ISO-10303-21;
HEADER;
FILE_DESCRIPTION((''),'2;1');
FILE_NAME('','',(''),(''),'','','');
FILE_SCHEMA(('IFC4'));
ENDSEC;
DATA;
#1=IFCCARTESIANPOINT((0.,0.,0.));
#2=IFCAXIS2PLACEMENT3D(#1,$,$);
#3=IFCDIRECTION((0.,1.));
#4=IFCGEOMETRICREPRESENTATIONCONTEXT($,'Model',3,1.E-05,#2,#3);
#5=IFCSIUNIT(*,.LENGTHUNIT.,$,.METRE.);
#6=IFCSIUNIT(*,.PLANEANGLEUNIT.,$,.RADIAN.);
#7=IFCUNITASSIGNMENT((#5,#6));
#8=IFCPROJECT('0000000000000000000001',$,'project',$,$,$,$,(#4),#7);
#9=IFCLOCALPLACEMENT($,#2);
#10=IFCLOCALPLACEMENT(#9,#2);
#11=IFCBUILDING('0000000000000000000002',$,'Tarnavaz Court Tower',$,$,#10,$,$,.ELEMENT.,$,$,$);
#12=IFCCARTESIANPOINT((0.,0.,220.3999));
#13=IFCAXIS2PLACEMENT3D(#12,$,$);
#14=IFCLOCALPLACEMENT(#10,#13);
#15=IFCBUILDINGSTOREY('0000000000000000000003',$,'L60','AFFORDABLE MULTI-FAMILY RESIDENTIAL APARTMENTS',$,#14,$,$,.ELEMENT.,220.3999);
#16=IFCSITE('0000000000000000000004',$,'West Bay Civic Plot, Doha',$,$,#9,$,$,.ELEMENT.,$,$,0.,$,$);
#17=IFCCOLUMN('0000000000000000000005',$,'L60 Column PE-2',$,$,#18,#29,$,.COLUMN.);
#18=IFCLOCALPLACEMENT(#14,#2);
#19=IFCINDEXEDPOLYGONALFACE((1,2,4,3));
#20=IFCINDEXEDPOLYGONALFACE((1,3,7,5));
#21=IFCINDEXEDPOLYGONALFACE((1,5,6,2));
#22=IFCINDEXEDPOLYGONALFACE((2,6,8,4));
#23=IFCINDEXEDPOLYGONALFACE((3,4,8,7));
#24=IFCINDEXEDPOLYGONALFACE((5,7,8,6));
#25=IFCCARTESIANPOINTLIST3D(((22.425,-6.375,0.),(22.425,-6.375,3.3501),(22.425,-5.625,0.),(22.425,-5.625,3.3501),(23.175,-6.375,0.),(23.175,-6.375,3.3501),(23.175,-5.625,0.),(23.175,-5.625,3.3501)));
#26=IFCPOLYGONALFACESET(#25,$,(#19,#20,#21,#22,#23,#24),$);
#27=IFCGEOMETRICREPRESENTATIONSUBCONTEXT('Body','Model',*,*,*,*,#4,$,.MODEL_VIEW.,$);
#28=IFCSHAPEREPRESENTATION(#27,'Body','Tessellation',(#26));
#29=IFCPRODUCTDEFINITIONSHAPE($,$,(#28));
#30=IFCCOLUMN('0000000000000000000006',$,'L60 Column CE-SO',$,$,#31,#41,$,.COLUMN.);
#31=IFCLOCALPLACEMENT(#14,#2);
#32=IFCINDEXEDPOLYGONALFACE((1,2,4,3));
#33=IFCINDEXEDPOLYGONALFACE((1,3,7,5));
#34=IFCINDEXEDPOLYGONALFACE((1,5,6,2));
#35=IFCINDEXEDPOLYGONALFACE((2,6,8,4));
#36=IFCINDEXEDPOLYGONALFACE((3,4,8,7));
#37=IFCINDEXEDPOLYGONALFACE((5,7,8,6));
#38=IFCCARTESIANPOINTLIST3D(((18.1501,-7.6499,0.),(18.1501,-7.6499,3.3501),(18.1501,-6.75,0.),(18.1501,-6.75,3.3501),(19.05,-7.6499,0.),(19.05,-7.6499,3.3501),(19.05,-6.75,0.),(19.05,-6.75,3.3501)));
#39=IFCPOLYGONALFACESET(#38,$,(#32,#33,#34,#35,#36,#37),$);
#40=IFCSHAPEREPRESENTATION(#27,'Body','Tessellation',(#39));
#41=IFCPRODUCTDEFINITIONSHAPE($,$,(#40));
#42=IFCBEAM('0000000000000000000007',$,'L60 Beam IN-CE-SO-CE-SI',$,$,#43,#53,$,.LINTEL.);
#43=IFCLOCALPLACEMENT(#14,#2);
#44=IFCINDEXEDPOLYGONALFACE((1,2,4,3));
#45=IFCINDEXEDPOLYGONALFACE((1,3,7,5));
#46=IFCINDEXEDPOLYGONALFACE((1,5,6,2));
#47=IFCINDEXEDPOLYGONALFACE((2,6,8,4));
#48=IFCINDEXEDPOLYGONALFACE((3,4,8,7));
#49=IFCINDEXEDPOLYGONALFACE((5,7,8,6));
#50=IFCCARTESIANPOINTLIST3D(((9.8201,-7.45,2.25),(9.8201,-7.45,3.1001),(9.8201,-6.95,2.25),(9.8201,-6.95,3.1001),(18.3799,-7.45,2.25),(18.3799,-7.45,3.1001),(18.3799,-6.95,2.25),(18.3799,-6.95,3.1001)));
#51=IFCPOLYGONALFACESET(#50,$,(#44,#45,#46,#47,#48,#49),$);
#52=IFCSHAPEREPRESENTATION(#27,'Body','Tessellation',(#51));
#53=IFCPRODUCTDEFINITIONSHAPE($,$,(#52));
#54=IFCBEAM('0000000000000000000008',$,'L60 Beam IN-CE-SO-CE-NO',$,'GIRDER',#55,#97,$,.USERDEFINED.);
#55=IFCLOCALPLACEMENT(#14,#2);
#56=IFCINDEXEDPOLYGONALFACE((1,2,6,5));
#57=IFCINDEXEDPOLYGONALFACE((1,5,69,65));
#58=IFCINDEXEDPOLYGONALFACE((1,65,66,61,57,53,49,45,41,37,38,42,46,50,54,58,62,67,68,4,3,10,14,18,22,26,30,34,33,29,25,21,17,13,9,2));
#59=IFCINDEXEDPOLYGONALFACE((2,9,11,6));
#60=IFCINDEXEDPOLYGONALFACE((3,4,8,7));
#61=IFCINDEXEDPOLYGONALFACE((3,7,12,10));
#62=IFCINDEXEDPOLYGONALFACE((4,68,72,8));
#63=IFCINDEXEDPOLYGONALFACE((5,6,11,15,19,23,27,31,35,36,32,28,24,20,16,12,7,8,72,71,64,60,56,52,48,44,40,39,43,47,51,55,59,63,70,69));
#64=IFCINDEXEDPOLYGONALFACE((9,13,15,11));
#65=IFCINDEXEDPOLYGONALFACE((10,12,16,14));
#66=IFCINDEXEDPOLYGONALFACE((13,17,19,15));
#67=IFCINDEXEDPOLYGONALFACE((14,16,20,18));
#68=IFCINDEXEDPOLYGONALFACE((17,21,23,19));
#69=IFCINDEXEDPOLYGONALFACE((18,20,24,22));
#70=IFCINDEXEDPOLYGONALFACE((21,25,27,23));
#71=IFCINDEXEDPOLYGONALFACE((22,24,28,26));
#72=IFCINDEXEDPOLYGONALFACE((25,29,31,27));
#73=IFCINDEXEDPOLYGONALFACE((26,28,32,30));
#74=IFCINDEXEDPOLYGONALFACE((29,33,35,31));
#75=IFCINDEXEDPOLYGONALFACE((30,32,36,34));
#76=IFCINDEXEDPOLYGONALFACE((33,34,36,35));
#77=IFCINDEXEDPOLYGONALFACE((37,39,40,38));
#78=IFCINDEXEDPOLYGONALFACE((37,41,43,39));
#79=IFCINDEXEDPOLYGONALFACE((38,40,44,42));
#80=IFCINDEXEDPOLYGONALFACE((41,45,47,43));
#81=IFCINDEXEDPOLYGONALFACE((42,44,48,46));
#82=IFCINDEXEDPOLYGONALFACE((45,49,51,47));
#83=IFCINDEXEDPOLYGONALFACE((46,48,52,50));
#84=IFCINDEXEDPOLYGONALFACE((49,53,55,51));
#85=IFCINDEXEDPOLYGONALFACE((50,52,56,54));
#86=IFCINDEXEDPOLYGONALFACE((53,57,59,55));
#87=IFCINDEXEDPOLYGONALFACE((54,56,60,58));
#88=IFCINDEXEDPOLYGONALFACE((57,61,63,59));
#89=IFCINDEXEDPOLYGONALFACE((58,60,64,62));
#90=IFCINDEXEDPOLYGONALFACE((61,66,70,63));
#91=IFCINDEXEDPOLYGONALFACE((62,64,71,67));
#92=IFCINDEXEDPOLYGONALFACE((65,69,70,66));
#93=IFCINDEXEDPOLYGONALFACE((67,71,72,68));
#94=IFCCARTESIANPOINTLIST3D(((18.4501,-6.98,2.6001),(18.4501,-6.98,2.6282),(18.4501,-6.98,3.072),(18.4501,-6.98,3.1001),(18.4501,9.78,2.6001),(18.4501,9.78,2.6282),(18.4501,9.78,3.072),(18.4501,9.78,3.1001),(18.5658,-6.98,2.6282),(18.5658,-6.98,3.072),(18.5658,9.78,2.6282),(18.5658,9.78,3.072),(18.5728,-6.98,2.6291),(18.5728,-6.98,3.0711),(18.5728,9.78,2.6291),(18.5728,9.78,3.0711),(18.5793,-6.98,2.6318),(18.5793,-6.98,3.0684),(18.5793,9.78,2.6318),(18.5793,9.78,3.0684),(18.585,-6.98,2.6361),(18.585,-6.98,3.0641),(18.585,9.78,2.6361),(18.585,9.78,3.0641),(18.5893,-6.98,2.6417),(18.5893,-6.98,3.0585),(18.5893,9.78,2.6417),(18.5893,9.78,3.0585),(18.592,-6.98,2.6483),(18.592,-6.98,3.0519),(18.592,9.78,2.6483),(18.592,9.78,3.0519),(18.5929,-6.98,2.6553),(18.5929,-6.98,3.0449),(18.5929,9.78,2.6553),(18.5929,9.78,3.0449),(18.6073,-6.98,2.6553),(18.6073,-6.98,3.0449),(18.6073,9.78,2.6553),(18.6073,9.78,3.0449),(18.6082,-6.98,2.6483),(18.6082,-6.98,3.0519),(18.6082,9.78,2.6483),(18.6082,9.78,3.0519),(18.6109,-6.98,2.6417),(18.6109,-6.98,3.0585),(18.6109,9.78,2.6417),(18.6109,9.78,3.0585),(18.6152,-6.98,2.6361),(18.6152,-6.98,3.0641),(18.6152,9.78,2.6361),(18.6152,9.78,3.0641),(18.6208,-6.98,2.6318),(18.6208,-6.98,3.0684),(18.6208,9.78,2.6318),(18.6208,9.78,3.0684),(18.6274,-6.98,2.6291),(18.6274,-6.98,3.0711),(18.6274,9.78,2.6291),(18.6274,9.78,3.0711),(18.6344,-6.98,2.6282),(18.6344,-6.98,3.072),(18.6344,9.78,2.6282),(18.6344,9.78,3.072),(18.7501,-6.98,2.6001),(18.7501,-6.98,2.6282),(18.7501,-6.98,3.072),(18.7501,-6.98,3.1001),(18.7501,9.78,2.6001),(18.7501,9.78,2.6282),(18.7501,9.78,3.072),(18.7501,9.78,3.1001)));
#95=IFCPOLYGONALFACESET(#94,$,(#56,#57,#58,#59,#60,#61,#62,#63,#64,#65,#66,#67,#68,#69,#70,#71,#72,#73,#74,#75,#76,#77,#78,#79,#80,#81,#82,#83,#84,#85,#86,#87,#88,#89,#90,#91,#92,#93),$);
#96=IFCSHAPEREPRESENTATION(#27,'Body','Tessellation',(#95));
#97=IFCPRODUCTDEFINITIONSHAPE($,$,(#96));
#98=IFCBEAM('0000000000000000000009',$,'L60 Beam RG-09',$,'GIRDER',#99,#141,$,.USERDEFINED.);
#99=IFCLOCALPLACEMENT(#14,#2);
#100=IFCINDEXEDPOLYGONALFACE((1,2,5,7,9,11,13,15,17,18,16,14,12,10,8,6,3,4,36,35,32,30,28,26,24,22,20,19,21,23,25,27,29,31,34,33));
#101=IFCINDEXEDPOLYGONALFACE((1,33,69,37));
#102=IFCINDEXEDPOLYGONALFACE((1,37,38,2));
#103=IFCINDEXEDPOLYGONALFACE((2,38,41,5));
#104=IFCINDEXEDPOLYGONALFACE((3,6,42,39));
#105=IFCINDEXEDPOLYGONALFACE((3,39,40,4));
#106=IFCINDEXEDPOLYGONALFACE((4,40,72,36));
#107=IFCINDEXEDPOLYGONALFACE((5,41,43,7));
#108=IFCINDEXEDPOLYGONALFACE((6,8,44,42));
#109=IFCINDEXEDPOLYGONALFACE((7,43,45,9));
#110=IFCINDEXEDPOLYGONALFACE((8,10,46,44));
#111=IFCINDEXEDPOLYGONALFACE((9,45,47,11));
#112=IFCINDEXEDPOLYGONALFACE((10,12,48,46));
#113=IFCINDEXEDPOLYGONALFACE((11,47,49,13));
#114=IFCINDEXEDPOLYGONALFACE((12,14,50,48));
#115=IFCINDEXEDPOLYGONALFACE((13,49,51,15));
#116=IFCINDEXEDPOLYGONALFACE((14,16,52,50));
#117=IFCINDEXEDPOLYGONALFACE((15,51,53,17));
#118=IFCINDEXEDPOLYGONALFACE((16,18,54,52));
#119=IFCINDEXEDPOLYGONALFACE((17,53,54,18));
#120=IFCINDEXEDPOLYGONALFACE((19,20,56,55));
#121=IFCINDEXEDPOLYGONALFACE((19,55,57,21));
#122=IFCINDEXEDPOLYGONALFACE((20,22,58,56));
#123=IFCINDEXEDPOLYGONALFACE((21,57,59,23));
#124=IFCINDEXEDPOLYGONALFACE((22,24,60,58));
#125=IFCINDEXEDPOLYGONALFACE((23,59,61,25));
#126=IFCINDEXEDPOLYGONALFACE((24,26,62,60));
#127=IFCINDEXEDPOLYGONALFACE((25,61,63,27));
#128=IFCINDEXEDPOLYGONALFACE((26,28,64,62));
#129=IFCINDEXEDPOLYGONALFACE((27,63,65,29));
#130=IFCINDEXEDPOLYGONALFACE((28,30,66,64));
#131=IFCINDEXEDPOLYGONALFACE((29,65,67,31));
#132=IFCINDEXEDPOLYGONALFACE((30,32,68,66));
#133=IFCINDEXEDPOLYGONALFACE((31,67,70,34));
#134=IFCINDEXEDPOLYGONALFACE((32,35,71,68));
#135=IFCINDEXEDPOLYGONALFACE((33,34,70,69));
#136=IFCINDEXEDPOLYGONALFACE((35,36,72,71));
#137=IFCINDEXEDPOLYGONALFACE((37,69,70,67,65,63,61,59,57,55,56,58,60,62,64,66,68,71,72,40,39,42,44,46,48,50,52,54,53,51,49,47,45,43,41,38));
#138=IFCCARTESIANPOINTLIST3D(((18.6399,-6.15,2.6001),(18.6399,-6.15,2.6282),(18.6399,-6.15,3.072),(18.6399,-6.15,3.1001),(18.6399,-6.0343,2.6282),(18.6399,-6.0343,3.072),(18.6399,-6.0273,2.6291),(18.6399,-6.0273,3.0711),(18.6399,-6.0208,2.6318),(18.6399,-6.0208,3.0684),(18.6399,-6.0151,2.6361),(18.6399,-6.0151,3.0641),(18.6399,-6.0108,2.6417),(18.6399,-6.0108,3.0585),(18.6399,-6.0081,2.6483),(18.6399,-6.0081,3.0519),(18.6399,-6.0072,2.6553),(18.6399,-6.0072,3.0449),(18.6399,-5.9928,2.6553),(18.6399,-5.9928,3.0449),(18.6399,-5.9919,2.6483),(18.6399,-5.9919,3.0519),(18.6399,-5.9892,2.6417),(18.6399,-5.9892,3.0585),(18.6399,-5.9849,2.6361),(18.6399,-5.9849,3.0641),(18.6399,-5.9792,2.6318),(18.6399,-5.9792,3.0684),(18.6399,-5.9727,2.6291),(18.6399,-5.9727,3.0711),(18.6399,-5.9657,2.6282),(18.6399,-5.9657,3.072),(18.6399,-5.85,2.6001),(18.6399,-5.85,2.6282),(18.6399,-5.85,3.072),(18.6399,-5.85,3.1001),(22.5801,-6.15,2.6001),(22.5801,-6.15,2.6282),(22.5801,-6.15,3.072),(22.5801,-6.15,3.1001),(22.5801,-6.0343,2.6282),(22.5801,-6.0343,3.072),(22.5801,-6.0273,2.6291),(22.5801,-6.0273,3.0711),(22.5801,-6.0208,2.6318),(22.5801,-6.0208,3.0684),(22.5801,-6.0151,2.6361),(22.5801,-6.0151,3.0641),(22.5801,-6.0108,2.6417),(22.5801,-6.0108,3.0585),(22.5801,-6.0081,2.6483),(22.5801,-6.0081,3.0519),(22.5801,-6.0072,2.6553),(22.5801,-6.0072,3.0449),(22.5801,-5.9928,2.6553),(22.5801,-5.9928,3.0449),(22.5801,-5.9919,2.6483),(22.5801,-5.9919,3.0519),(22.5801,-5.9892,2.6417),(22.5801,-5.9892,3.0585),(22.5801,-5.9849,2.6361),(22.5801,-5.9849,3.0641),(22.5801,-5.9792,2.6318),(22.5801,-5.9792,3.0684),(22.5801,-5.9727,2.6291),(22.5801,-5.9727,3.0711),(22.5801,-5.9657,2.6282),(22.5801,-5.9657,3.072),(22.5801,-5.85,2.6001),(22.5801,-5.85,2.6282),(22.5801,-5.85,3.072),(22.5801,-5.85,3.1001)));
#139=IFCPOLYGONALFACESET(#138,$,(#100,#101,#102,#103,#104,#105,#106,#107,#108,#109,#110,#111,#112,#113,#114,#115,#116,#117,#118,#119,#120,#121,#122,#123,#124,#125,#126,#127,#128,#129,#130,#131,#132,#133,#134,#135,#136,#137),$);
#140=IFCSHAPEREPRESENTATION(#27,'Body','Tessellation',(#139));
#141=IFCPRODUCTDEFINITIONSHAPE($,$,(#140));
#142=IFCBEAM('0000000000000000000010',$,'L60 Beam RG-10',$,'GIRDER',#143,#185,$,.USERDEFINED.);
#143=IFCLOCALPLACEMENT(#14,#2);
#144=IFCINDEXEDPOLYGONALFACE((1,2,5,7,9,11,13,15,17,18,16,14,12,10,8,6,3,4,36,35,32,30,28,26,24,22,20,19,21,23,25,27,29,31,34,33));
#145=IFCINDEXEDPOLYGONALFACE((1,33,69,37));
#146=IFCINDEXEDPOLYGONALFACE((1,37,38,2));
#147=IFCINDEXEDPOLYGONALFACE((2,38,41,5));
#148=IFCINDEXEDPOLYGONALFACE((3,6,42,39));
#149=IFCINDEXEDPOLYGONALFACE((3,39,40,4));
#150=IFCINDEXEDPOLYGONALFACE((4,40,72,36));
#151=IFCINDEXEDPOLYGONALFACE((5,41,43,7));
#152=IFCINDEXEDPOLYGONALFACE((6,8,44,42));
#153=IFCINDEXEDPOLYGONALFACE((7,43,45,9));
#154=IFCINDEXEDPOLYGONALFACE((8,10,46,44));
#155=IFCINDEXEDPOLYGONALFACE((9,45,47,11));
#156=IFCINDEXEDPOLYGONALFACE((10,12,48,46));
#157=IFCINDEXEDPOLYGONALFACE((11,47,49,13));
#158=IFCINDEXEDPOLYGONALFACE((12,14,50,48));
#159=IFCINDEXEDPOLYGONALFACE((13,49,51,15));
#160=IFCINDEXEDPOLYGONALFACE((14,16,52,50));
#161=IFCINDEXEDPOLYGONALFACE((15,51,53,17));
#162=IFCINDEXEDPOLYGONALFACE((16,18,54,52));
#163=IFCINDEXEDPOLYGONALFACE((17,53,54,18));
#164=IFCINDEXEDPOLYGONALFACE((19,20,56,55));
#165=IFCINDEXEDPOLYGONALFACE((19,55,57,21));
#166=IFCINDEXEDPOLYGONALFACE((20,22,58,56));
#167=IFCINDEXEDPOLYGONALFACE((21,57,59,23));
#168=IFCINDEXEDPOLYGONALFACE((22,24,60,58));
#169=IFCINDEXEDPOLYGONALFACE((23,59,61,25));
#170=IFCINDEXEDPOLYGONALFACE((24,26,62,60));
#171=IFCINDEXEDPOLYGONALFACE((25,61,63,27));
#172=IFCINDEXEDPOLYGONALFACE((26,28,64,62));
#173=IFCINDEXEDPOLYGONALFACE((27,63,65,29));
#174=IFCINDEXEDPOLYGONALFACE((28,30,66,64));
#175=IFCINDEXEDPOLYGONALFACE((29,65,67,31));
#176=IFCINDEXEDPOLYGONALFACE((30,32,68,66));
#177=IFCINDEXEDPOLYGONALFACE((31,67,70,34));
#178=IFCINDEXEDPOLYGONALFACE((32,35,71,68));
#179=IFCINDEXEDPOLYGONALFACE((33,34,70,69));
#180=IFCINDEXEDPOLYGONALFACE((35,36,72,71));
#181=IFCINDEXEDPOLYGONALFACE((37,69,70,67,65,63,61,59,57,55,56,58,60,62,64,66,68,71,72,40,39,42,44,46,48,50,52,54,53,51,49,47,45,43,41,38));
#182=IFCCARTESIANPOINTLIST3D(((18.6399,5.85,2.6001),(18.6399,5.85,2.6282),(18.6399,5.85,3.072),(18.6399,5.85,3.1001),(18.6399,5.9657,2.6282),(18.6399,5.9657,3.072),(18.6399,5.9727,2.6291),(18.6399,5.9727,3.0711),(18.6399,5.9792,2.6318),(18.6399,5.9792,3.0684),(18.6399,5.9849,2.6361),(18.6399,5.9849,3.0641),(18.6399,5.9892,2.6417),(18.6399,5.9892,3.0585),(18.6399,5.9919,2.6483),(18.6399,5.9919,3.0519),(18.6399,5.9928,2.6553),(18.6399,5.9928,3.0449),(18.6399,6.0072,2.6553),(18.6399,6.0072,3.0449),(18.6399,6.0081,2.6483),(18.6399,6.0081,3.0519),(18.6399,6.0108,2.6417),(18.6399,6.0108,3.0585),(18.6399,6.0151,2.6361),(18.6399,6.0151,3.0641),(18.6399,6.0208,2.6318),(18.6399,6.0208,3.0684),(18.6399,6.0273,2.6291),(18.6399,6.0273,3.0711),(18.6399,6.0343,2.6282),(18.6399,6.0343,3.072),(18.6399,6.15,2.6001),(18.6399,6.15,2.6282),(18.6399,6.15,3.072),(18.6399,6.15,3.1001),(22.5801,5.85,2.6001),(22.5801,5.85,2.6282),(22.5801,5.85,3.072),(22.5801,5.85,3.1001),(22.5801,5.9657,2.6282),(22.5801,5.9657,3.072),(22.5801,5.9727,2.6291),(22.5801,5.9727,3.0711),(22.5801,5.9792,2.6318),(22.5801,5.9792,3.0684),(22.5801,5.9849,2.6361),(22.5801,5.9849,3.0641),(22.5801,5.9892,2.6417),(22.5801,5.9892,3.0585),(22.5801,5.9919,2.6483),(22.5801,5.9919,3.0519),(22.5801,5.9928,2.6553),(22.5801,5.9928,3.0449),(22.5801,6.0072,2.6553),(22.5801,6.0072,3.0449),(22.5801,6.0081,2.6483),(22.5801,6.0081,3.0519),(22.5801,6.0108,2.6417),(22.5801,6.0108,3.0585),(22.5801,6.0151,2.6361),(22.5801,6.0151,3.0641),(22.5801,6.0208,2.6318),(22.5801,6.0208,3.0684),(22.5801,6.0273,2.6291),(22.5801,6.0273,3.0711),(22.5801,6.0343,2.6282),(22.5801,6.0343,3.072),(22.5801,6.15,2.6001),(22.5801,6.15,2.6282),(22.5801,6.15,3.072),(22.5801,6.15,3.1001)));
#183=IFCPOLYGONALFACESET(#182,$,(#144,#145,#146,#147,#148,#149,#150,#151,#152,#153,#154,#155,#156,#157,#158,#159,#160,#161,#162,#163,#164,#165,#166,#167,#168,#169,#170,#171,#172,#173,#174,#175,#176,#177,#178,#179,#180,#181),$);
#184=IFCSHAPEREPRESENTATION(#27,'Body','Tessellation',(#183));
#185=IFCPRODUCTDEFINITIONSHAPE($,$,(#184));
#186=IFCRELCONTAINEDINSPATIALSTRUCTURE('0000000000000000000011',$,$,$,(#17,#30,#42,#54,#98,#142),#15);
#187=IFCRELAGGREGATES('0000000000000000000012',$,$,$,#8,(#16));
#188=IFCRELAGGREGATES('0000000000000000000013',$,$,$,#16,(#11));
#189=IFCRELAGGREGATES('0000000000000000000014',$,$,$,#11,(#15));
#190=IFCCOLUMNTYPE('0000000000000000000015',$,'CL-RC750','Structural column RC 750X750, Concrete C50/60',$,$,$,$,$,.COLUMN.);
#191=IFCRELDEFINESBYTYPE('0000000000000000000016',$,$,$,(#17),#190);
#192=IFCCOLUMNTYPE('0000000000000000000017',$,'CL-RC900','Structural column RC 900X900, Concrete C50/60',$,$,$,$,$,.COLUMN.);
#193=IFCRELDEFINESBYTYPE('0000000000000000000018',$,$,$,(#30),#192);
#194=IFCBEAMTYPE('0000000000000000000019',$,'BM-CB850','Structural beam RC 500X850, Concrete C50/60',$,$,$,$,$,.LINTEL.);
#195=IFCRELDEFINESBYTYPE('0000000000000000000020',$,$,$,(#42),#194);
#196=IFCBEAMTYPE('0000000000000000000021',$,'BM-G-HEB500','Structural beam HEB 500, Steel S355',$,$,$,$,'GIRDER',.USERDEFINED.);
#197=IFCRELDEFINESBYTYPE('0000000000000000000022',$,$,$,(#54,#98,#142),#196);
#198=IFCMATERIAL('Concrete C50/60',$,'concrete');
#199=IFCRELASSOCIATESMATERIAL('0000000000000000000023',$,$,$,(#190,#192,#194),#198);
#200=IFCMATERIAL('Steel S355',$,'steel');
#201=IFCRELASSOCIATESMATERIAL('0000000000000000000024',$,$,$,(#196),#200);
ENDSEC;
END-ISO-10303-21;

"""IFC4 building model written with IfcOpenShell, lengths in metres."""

from ifc_helpers import new_model, si_unit, direction, frame, origin, origin_2d, place, context, subcontext, project, spatial, rectangle, i_section, extrude, material, material_profile, profile_set, type_object, element, save


model = new_model("IFC4")

# Units and contexts
model_context = context("Model", 3, precision=1e-05, world=origin(), true_north=direction((0.0, 1.0)))
body_context = subcontext(model_context, "Body", "Model", "MODEL_VIEW")
ifc_project = project(units=[si_unit("LENGTHUNIT", "METRE"), si_unit("PLANEANGLEUNIT", "RADIAN")], contexts=[model_context])

# Site, building, storey
site_placement = place(None, origin())
site = spatial("IfcSite", under=ifc_project, at=site_placement, Name="West Bay Civic Plot, Doha", CompositionType="ELEMENT", RefElevation=0.0)
building_placement = place(site_placement, origin())
building = spatial("IfcBuilding", under=site, at=building_placement, Name="Tarnavaz Court Tower", CompositionType="ELEMENT")
storey_placement = place(building_placement, frame((0.0, 0.0, 220.3999)))
storey = spatial("IfcBuildingStorey", under=building, at=storey_placement, Name="L60", Description="AFFORDABLE MULTI-FAMILY RESIDENTIAL APARTMENTS", CompositionType="ELEMENT", Elevation=220.3999)

# Columns
ifc_material_1 = material(Name="Concrete C50/60", Category="concrete")
ifc_material_profile_1 = material_profile(ifc_material_1, rectangle(XDim=0.75, YDim=0.75, at=origin_2d()), Name="RC 750X750")
ifc_profile_set_1 = profile_set([ifc_material_profile_1], Name="Concrete C50/60")
column_type_1 = type_object("IfcColumnType", Name="CL-RC750", Description="Structural column RC 750X750, Concrete C50/60", PredefinedType="COLUMN", material=ifc_profile_set_1)
column_1_placement = place(storey_placement, frame((22.8, -6.0, 0.0), z_axis=(0.0, 0.0, 1.0), x_axis=(1.0, 0.0, 0.0)))
element("IfcColumn", 1, at=column_1_placement, inside=storey, type_object=column_type_1, Name="L60 Column PE-2", PredefinedType="COLUMN", context=body_context, shape_type="SweptSolid", body=[
    extrude(rectangle(XDim=0.75, YDim=0.75, at=origin_2d()), origin(), (0.0, 0.0, 1.0), 3.3501),
])
ifc_material_profile_2 = material_profile(ifc_material_1, rectangle(XDim=0.8999, YDim=0.8999, at=origin_2d()), Name="RC 900X900")
ifc_profile_set_2 = profile_set([ifc_material_profile_2], Name="Concrete C50/60")
column_type_2 = type_object("IfcColumnType", Name="CL-RC900", Description="Structural column RC 900X900, Concrete C50/60", PredefinedType="COLUMN", material=ifc_profile_set_2)
column_2_placement = place(storey_placement, frame((18.6001, -7.2, 0.0), z_axis=(0.0, 0.0, 1.0), x_axis=(1.0, 0.0, 0.0)))
element("IfcColumn", 2, at=column_2_placement, inside=storey, type_object=column_type_2, Name="L60 Column CE-SO", PredefinedType="COLUMN", context=body_context, shape_type="SweptSolid", body=[
    extrude(rectangle(XDim=0.8999, YDim=0.8999, at=origin_2d()), origin(), (0.0, 0.0, 1.0), 3.3501),
])

# Beams
ifc_material_profile_3 = material_profile(ifc_material_1, rectangle(XDim=0.5, YDim=0.8501, at=origin_2d()), Name="RC 500X850")
ifc_profile_set_3 = profile_set([ifc_material_profile_3], Name="Concrete C50/60")
beam_type_1 = type_object("IfcBeamType", Name="BM-CB850", Description="Structural beam RC 500X850, Concrete C50/60", PredefinedType="LINTEL", material=ifc_profile_set_3)
beam_1_placement = place(storey_placement, frame((18.3799, -7.2, 2.675), z_axis=(-1.0, 0.0, 0.0), x_axis=(0.0, -1.0, 0.0)))
element("IfcBeam", 3, at=beam_1_placement, inside=storey, type_object=beam_type_1, Name="L60 Beam IN-CE-SO-CE-SI", PredefinedType="LINTEL", context=body_context, shape_type="SweptSolid", body=[
    extrude(rectangle(XDim=0.5, YDim=0.8501, at=origin_2d()), origin(), (0.0, 0.0, 1.0), 8.5598),
])
ifc_material_2 = material(Name="Steel S355", Category="steel")
ifc_material_profile_4 = material_profile(ifc_material_2, i_section(OverallWidth=0.3, OverallDepth=0.5, WebThickness=0.0144, FlangeThickness=0.0281, FilletRadius=0.0271, at=origin_2d()), Name="HEB 500")
ifc_profile_set_4 = profile_set([ifc_material_profile_4], Name="Steel S355")
beam_type_2 = type_object("IfcBeamType", Name="BM-G-HEB500", Description="Structural beam HEB 500, Steel S355", ElementType="GIRDER", PredefinedType="USERDEFINED", material=ifc_profile_set_4)
beam_2_placement = place(storey_placement, frame((18.6001, -6.98, 2.8501), z_axis=(0.0, 1.0, 0.0), x_axis=(-1.0, 0.0, 0.0)))
element("IfcBeam", 4, at=beam_2_placement, inside=storey, type_object=beam_type_2, Name="L60 Beam IN-CE-SO-CE-NO", ObjectType="GIRDER", PredefinedType="USERDEFINED", context=body_context, shape_type="SweptSolid", body=[
    extrude(i_section(OverallWidth=0.3, OverallDepth=0.5, WebThickness=0.0144, FlangeThickness=0.0281, FilletRadius=0.0271, at=origin_2d()), origin(), (0.0, 0.0, 1.0), 16.76),
])
for number, where, z_axis, x_axis, name in (
    (5, (18.6399, -6.0, 2.8501), (1.0, 0.0, 0.0), (0.0, 1.0, 0.0), "L60 Beam RG-09"),
    (6, (18.6399, 6.0, 2.8501), (1.0, 0.0, 0.0), (0.0, 1.0, 0.0), "L60 Beam RG-10"),
):
    element("IfcBeam", number, at=place(storey_placement, frame(where, z_axis=z_axis, x_axis=x_axis)), inside=storey, type_object=beam_type_2, Name=name, ObjectType="GIRDER", PredefinedType="USERDEFINED", context=body_context, shape_type="SweptSolid", body=[
        extrude(i_section(OverallWidth=0.3, OverallDepth=0.5, WebThickness=0.0144, FlangeThickness=0.0281, FilletRadius=0.0271, at=origin_2d()), origin(), (0.0, 0.0, 1.0), 3.9402),
    ])

save(model, "model.ifc")
